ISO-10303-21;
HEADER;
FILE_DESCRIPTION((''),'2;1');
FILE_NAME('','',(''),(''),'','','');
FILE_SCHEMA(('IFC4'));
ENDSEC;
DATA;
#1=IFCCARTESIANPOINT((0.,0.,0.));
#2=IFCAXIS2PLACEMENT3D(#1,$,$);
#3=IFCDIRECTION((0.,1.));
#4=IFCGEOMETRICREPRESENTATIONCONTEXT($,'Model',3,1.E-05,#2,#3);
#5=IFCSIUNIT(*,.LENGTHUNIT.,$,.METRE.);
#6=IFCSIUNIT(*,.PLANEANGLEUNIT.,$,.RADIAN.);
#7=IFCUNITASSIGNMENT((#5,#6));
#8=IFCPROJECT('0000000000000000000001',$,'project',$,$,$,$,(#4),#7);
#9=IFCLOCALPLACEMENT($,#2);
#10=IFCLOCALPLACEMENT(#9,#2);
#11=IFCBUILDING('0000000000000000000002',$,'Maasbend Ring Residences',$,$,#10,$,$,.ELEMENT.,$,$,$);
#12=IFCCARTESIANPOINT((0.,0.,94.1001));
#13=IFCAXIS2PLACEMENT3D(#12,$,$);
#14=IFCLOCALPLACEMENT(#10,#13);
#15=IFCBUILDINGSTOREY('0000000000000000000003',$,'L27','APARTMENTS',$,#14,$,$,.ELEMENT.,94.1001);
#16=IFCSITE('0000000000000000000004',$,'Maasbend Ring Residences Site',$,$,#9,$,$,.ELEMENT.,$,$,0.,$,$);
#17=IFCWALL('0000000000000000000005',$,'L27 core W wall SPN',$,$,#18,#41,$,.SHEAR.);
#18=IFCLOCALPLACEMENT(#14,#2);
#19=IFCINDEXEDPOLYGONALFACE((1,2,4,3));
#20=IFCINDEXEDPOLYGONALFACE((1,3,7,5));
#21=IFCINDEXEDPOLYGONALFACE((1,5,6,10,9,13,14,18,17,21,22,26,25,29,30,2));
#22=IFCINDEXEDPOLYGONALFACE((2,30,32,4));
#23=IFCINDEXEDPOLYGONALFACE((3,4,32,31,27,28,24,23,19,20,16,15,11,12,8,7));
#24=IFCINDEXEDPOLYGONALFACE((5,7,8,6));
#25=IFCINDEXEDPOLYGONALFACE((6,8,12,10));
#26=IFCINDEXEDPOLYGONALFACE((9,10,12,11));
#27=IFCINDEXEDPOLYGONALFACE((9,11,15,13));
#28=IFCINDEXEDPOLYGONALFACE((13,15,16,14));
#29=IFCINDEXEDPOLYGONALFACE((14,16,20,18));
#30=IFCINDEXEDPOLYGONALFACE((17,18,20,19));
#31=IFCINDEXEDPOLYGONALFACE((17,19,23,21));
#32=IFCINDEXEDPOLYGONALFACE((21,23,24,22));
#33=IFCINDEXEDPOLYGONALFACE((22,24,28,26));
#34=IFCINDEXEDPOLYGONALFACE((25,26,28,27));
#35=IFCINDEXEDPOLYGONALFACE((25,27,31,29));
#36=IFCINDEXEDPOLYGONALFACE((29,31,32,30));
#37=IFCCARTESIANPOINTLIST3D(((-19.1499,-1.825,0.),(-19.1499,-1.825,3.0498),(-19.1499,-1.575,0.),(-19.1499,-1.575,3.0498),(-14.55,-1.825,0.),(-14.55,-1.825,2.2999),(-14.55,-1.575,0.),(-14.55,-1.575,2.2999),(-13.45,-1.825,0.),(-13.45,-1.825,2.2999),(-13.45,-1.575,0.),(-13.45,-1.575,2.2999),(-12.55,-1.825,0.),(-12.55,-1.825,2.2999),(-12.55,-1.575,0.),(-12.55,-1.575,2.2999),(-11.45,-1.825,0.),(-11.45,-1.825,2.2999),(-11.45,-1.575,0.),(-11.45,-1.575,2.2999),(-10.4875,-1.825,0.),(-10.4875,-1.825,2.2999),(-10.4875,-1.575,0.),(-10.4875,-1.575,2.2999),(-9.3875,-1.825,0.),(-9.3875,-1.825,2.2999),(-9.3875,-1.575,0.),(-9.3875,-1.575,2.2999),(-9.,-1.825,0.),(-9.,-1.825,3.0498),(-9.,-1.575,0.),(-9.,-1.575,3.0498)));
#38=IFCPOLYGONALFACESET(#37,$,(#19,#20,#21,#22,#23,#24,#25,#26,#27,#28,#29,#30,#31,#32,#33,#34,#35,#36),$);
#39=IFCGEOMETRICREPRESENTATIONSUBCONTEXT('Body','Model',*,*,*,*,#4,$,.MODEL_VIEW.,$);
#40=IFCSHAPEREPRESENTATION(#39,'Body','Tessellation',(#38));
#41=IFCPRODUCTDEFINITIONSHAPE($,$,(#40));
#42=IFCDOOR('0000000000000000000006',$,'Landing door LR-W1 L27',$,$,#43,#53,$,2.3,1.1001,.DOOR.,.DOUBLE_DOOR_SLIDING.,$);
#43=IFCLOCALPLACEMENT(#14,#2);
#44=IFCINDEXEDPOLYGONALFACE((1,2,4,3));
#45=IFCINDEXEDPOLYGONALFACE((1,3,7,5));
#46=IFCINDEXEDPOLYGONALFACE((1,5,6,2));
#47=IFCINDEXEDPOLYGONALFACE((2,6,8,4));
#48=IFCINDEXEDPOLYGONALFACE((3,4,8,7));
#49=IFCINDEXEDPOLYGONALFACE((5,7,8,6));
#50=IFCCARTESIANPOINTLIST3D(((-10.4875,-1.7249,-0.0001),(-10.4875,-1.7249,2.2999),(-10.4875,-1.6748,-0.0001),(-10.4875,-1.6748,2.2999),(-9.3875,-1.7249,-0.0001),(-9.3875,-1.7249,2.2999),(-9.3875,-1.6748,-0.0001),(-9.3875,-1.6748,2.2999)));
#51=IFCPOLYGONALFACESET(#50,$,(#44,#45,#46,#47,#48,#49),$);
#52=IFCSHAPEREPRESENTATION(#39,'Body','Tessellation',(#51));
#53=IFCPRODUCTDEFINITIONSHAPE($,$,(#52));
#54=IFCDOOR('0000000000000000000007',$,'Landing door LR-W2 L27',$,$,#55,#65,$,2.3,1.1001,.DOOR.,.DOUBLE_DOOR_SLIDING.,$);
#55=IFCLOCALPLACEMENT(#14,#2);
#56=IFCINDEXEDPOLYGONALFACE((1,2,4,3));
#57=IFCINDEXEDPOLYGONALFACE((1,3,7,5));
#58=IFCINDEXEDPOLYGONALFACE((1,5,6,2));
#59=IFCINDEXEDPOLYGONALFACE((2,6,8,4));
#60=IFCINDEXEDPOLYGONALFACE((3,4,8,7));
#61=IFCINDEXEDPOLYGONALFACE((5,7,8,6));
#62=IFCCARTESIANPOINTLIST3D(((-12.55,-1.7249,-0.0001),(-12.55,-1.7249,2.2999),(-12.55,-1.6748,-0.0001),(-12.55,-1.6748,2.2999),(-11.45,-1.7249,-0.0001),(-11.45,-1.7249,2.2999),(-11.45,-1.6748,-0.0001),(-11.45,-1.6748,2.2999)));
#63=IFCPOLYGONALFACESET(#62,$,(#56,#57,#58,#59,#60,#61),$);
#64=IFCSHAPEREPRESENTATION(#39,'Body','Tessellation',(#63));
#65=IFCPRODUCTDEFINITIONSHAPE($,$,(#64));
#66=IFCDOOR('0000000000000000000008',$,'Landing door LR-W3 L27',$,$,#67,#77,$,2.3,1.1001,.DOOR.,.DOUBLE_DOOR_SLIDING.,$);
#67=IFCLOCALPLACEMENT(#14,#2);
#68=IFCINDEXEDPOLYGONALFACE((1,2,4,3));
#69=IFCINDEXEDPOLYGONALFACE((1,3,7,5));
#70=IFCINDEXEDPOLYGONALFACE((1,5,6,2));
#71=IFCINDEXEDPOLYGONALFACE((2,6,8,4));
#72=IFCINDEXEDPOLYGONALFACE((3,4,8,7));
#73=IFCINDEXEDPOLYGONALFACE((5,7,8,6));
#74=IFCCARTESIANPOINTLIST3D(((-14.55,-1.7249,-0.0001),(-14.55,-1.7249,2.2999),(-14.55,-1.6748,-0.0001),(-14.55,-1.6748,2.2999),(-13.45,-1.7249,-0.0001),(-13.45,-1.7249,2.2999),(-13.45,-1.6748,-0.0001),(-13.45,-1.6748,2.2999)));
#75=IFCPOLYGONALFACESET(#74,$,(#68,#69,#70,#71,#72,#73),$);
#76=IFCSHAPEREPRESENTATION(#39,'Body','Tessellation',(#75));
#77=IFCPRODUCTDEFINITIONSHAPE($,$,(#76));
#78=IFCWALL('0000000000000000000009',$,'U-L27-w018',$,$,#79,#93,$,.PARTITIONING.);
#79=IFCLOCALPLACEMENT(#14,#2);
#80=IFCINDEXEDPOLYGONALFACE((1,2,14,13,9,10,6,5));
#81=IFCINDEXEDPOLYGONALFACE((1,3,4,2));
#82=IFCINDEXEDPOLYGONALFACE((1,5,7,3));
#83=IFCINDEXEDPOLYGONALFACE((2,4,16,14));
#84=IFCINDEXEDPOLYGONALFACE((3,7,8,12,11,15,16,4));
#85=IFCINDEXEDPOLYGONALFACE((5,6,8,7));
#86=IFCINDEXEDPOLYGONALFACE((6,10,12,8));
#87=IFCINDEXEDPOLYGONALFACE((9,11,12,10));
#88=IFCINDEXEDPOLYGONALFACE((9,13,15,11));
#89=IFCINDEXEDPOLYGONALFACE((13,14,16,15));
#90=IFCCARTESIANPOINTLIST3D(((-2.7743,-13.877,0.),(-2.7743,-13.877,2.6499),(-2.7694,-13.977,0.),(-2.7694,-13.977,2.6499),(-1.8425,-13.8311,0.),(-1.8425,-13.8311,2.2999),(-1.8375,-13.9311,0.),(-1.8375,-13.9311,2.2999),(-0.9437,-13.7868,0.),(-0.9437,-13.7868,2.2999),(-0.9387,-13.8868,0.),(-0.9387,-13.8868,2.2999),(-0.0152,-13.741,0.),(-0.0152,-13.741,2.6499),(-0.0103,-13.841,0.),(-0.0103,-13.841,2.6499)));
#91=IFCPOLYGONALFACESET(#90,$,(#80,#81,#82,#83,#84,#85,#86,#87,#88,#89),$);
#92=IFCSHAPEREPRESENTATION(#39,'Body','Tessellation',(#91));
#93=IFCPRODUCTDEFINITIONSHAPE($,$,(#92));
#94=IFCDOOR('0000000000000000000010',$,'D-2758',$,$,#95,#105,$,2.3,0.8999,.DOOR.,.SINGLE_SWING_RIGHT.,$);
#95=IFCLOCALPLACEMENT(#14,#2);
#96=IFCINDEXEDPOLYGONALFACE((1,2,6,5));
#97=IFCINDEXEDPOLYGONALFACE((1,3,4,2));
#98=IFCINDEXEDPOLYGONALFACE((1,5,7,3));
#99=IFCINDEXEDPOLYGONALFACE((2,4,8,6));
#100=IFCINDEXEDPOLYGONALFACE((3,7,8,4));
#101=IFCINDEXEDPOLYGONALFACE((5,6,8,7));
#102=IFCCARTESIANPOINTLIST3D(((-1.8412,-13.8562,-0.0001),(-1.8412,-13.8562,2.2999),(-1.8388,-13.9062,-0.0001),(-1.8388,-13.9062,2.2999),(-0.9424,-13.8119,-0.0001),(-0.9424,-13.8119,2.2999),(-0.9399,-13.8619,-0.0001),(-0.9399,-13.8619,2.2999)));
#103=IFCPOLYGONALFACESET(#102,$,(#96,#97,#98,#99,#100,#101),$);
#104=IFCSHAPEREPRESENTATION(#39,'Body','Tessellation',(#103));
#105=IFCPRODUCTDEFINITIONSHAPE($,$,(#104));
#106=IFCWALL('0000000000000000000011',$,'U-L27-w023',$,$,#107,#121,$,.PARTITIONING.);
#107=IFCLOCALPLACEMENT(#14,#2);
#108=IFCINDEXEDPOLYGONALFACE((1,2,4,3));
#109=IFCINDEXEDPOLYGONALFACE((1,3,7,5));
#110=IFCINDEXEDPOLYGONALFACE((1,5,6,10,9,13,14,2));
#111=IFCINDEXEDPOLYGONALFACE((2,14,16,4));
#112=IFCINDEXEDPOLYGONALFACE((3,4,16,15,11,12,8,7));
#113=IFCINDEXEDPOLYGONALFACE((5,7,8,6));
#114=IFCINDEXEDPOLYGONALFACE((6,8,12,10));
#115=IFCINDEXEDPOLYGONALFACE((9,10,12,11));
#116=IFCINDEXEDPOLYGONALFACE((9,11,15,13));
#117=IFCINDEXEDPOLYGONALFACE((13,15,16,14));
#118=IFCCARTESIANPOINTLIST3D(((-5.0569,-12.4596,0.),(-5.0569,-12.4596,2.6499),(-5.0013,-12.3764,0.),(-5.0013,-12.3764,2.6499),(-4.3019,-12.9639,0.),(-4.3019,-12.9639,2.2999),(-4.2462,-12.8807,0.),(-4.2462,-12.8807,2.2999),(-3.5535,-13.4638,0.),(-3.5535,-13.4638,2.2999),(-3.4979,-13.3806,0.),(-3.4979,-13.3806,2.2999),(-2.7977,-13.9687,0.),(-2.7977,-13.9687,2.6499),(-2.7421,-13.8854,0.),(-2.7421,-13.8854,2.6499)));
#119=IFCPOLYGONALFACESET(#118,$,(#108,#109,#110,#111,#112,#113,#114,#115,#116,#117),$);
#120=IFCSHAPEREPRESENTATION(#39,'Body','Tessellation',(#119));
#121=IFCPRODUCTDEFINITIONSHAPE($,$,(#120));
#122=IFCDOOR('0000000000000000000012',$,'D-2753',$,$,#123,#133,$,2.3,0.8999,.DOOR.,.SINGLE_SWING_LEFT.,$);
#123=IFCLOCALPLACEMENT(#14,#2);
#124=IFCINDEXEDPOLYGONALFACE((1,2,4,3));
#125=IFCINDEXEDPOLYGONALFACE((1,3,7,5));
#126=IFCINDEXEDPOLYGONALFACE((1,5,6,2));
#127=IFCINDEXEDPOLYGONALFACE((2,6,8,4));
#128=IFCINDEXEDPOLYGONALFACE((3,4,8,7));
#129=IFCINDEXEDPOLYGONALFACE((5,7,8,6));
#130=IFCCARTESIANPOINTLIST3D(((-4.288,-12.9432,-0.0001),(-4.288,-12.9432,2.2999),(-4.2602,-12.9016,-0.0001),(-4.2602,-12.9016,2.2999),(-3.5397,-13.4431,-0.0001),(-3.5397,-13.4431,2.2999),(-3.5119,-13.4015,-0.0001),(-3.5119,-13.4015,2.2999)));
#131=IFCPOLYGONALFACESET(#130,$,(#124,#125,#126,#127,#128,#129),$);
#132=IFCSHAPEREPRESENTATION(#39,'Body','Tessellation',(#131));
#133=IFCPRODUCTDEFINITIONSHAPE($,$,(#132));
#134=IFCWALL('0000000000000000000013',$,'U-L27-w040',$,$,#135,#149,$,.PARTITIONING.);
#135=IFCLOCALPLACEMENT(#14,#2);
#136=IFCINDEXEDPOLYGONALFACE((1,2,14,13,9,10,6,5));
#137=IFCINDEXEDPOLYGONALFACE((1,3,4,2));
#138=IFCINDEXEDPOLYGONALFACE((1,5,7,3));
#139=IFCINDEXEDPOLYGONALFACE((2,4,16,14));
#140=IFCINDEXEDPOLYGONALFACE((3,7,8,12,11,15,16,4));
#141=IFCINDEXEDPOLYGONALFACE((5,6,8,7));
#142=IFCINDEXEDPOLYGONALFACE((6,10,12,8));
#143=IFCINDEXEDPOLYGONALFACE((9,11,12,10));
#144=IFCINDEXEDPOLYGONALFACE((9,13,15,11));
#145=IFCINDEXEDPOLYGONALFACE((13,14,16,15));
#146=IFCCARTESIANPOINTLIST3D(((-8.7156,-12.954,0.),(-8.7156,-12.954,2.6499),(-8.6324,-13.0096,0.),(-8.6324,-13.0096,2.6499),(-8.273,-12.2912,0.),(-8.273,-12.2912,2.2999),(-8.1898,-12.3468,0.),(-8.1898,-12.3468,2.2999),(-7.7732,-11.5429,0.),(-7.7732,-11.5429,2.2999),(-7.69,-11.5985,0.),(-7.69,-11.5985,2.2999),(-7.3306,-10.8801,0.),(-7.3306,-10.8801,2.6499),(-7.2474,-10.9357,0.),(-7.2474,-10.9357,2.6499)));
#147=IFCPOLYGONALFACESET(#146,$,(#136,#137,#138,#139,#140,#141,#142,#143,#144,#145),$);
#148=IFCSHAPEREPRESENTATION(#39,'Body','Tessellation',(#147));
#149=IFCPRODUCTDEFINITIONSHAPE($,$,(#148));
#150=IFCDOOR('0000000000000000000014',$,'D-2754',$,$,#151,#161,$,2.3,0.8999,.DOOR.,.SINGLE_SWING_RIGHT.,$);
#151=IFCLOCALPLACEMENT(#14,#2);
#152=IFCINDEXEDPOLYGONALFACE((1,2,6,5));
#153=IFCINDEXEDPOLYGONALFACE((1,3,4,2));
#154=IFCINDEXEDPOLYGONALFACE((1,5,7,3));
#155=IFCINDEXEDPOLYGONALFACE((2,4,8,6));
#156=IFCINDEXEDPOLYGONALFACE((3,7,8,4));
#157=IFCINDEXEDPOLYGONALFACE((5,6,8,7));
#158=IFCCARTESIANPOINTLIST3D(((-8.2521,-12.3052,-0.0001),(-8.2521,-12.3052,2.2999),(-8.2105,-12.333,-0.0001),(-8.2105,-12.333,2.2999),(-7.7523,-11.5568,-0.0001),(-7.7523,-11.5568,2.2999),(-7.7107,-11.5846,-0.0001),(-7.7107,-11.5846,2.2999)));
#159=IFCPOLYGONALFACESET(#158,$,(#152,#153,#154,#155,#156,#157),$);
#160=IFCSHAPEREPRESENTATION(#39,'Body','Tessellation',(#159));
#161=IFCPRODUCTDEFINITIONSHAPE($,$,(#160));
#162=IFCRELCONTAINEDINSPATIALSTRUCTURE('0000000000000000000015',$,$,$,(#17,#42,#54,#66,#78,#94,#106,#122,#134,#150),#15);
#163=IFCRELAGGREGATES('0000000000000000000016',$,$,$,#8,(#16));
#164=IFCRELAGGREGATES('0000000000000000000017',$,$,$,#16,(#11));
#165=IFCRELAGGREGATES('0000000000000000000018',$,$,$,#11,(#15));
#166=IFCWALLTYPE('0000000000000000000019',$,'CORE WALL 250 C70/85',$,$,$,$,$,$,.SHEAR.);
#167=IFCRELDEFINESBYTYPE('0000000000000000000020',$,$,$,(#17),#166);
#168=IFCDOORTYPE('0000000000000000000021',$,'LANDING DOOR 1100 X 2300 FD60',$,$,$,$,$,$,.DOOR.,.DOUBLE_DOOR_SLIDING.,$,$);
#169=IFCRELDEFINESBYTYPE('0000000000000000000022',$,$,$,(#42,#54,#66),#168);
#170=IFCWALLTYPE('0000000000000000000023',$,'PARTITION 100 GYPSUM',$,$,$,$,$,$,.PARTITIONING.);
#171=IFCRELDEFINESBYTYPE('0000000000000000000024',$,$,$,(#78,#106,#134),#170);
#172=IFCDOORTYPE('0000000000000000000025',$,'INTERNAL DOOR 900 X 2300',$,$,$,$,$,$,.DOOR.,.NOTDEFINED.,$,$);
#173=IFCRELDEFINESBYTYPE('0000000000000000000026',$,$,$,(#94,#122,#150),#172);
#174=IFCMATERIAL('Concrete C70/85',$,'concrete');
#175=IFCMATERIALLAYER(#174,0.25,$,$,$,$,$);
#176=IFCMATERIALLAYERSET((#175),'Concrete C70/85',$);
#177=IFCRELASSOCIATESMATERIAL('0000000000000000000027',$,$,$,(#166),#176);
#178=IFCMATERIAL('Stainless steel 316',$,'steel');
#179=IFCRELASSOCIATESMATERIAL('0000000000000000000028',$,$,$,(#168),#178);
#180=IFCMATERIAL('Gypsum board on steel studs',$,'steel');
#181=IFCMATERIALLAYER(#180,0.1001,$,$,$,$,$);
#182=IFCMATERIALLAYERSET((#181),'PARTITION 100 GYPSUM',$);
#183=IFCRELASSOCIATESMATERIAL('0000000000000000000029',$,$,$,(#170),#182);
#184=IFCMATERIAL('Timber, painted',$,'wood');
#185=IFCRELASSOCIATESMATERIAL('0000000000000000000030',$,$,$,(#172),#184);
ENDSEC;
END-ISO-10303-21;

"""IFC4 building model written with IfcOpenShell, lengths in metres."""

from ifc_helpers import new_model, si_unit, direction, frame, frame_2d, origin, place, context, subcontext, project, spatial, rectangle, extrude, material, layer, layer_set, type_object, element, fill, save


model = new_model("IFC4")

# Units and contexts
model_context = context("Model", 3, precision=1e-05, world=origin(), true_north=direction((0.0, 1.0)))
body_context = subcontext(model_context, "Body", "Model", "MODEL_VIEW")
ifc_project = project(units=[si_unit("LENGTHUNIT", "METRE"), si_unit("PLANEANGLEUNIT", "RADIAN")], contexts=[model_context])

# Site, building, storey
site_placement = place(None, origin())
site = spatial("IfcSite", under=ifc_project, at=site_placement, Name="Maasbend Ring Residences Site", CompositionType="ELEMENT", RefElevation=0.0)
building_placement = place(site_placement, origin())
building = spatial("IfcBuilding", under=site, at=building_placement, Name="Maasbend Ring Residences", CompositionType="ELEMENT")
storey_placement = place(building_placement, frame((0.0, 0.0, 94.1001)))
storey = spatial("IfcBuildingStorey", under=building, at=storey_placement, Name="L27", Description="APARTMENTS", CompositionType="ELEMENT", Elevation=94.1001)

# Wall, openings, doors
ifc_material_1 = material(Name="Concrete C70/85", Category="concrete")
ifc_layer_1 = layer(ifc_material_1, 0.25)
ifc_layer_set_1 = layer_set([ifc_layer_1], Name="Concrete C70/85")
wall_type_1 = type_object("IfcWallType", Name="CORE WALL 250 C70/85", PredefinedType="SHEAR", material=ifc_layer_set_1)
wall_1_placement = place(storey_placement, frame((-9.0, -1.7, 0.0), z_axis=(0.0, 0.0, 1.0), x_axis=(-1.0, 0.0, 0.0)))
wall_1 = element("IfcWall", 1, at=wall_1_placement, inside=storey, type_object=wall_type_1, Name="L27 core W wall SPN", PredefinedType="SHEAR", context=body_context, shape_type="SweptSolid", body=[
    extrude(rectangle(XDim=10.1499, YDim=0.25, at=frame_2d((5.075, 0.0))), origin(), (0.0, 0.0, 1.0), 3.0498),
])
opening_1_placement = place(wall_1_placement, frame((0.3875, 0.0, 0.0)))
opening_1 = element("IfcOpeningElement", 2, at=opening_1_placement, cuts=wall_1, PredefinedType="OPENING", context=body_context, shape_type="SweptSolid", body=[
    extrude(rectangle(XDim=1.1001, YDim=2.3, at=frame_2d((0.55, 1.1499))), frame((0.0, 0.135, 0.0), z_axis=(0.0, -1.0, 0.0), x_axis=(1.0, 0.0, 0.0)), (0.0, 0.0, 1.0), 0.27),
])
opening_2_placement = place(wall_1_placement, frame((2.45, 0.0, 0.0)))
opening_2 = element("IfcOpeningElement", 3, at=opening_2_placement, cuts=wall_1, PredefinedType="OPENING", context=body_context, shape_type="SweptSolid", body=[
    extrude(rectangle(XDim=1.1001, YDim=2.3, at=frame_2d((0.55, 1.1499))), frame((0.0, 0.135, 0.0), z_axis=(0.0, -1.0, 0.0), x_axis=(1.0, 0.0, 0.0)), (0.0, 0.0, 1.0), 0.27),
])
opening_3_placement = place(wall_1_placement, frame((4.45, 0.0, 0.0)))
opening_3 = element("IfcOpeningElement", 4, at=opening_3_placement, cuts=wall_1, PredefinedType="OPENING", context=body_context, shape_type="SweptSolid", body=[
    extrude(rectangle(XDim=1.1001, YDim=2.3, at=frame_2d((0.55, 1.1499))), frame((0.0, 0.135, 0.0), z_axis=(0.0, -1.0, 0.0), x_axis=(1.0, 0.0, 0.0)), (0.0, 0.0, 1.0), 0.27),
])
ifc_material_2 = material(Name="Stainless steel 316", Category="steel")
door_type_1 = type_object("IfcDoorType", Name="LANDING DOOR 1100 X 2300 FD60", OperationType="DOUBLE_DOOR_SLIDING", PredefinedType="DOOR", material=ifc_material_2)
door_1_placement = place(opening_1_placement, origin())
door_1 = element("IfcDoor", 5, at=door_1_placement, inside=storey, type_object=door_type_1, Name="Landing door LR-W1 L27", OperationType="DOUBLE_DOOR_SLIDING", OverallHeight=2.3, OverallWidth=1.1001, PredefinedType="DOOR", context=body_context, shape_type="SweptSolid", body=[
    extrude(rectangle(XDim=1.1001, YDim=2.3, at=frame_2d((0.55, 1.1499))), frame((0.0, 0.0249, 0.0), z_axis=(0.0, -1.0, 0.0), x_axis=(1.0, 0.0, 0.0)), (0.0, 0.0, 1.0), 0.05),
])
fill(opening_1, door_1)
door_2_placement = place(opening_2_placement, origin())
door_2 = element("IfcDoor", 6, at=door_2_placement, inside=storey, type_object=door_type_1, Name="Landing door LR-W2 L27", OperationType="DOUBLE_DOOR_SLIDING", OverallHeight=2.3, OverallWidth=1.1001, PredefinedType="DOOR", context=body_context, shape_type="SweptSolid", body=[
    extrude(rectangle(XDim=1.1001, YDim=2.3, at=frame_2d((0.55, 1.1499))), frame((0.0, 0.0249, 0.0), z_axis=(0.0, -1.0, 0.0), x_axis=(1.0, 0.0, 0.0)), (0.0, 0.0, 1.0), 0.05),
])
fill(opening_2, door_2)
door_3_placement = place(opening_3_placement, origin())
door_3 = element("IfcDoor", 7, at=door_3_placement, inside=storey, type_object=door_type_1, Name="Landing door LR-W3 L27", OperationType="DOUBLE_DOOR_SLIDING", OverallHeight=2.3, OverallWidth=1.1001, PredefinedType="DOOR", context=body_context, shape_type="SweptSolid", body=[
    extrude(rectangle(XDim=1.1001, YDim=2.3, at=frame_2d((0.55, 1.1499))), frame((0.0, 0.0249, 0.0), z_axis=(0.0, -1.0, 0.0), x_axis=(1.0, 0.0, 0.0)), (0.0, 0.0, 1.0), 0.05),
])
fill(opening_3, door_3)

# Walls, openings, doors
ifc_material_3 = material(Name="Gypsum board on steel studs", Category="steel")
ifc_layer_2 = layer(ifc_material_3, 0.1001)
ifc_layer_set_2 = layer_set([ifc_layer_2], Name="PARTITION 100 GYPSUM")
wall_type_2 = type_object("IfcWallType", Name="PARTITION 100 GYPSUM", PredefinedType="PARTITIONING", material=ifc_layer_set_2)
wall_2_placement = place(storey_placement, frame((-2.772, -13.927, 0.0), z_axis=(0.0, 0.0, 1.0), x_axis=(0.998788, 0.049228, 0.0)))
wall_2 = element("IfcWall", 8, at=wall_2_placement, inside=storey, type_object=wall_type_2, Name="U-L27-w018", PredefinedType="PARTITIONING", context=body_context, shape_type="SweptSolid", body=[
    extrude(rectangle(XDim=2.7625, YDim=0.1001, at=frame_2d((1.3813, 0.0))), origin(), (0.0, 0.0, 1.0), 2.6499),
])
opening_4_placement = place(wall_2_placement, frame((0.9331, 0.0, 0.0)))
opening_4 = element("IfcOpeningElement", 9, at=opening_4_placement, cuts=wall_2, PredefinedType="OPENING", context=body_context, shape_type="SweptSolid", body=[
    extrude(rectangle(XDim=0.8999, YDim=2.3, at=frame_2d((0.45, 1.1499))), frame((0.0, 0.0601, 0.0), z_axis=(0.0, -1.0, 0.0), x_axis=(1.0, 0.0, 0.0)), (0.0, 0.0, 1.0), 0.1201),
])
ifc_material_4 = material(Name="Timber, painted", Category="wood")
door_type_2 = type_object("IfcDoorType", Name="INTERNAL DOOR 900 X 2300", OperationType="NOTDEFINED", PredefinedType="DOOR", material=ifc_material_4)
door_4_placement = place(opening_4_placement, origin())
door_4 = element("IfcDoor", 10, at=door_4_placement, inside=storey, type_object=door_type_2, Name="D-2758", OperationType="SINGLE_SWING_RIGHT", OverallHeight=2.3, OverallWidth=0.8999, PredefinedType="DOOR", context=body_context, shape_type="SweptSolid", body=[
    extrude(rectangle(XDim=0.8999, YDim=2.3, at=frame_2d((0.45, 1.1499))), frame((0.0, 0.0249, 0.0), z_axis=(0.0, -1.0, 0.0), x_axis=(1.0, 0.0, 0.0)), (0.0, 0.0, 1.0), 0.05),
])
fill(opening_4, door_4)
wall_3_placement = place(storey_placement, frame((-5.0291, -12.418, 0.0), z_axis=(0.0, 0.0, 1.0), x_axis=(0.831538, -0.555467, 0.0)))
wall_3 = element("IfcWall", 11, at=wall_3_placement, inside=storey, type_object=wall_type_2, Name="U-L27-w023", PredefinedType="PARTITIONING", context=body_context, shape_type="SweptSolid", body=[
    extrude(rectangle(XDim=2.7168, YDim=0.1001, at=frame_2d((1.3584, 0.0))), origin(), (0.0, 0.0, 1.0), 2.6499),
])
opening_5_placement = place(wall_3_placement, frame((0.908, 0.0, 0.0)))
opening_5 = element("IfcOpeningElement", 12, at=opening_5_placement, cuts=wall_3, PredefinedType="OPENING", context=body_context, shape_type="SweptSolid", body=[
    extrude(rectangle(XDim=0.8999, YDim=2.3, at=frame_2d((0.45, 1.1499))), frame((0.0, 0.0601, 0.0), z_axis=(0.0, -1.0, 0.0), x_axis=(1.0, 0.0, 0.0)), (0.0, 0.0, 1.0), 0.1201),
])
door_5_placement = place(opening_5_placement, origin())
door_5 = element("IfcDoor", 13, at=door_5_placement, inside=storey, type_object=door_type_2, Name="D-2753", OperationType="SINGLE_SWING_LEFT", OverallHeight=2.3, OverallWidth=0.8999, PredefinedType="DOOR", context=body_context, shape_type="SweptSolid", body=[
    extrude(rectangle(XDim=0.8999, YDim=2.3, at=frame_2d((0.45, 1.1499))), frame((0.0, 0.0249, 0.0), z_axis=(0.0, -1.0, 0.0), x_axis=(1.0, 0.0, 0.0)), (0.0, 0.0, 1.0), 0.05),
])
fill(opening_5, door_5)
wall_4_placement = place(storey_placement, frame((-8.6741, -12.9819, 0.0), z_axis=(0.0, 0.0, 1.0), x_axis=(0.555355, 0.831613, 0.0)))
wall_4 = element("IfcWall", 14, at=wall_4_placement, inside=storey, type_object=wall_type_2, Name="U-L27-w040", PredefinedType="PARTITIONING", context=body_context, shape_type="SweptSolid", body=[
    extrude(rectangle(XDim=2.4939, YDim=0.1001, at=frame_2d((1.2471, 0.0))), origin(), (0.0, 0.0, 1.0), 2.6499),
])
opening_6_placement = place(wall_4_placement, frame((0.7971, 0.0, 0.0)))
opening_6 = element("IfcOpeningElement", 15, at=opening_6_placement, cuts=wall_4, PredefinedType="OPENING", context=body_context, shape_type="SweptSolid", body=[
    extrude(rectangle(XDim=0.8999, YDim=2.3, at=frame_2d((0.45, 1.1499))), frame((0.0, 0.0601, 0.0), z_axis=(0.0, -1.0, 0.0), x_axis=(1.0, 0.0, 0.0)), (0.0, 0.0, 1.0), 0.1201),
])
door_6_placement = place(opening_6_placement, origin())
door_6 = element("IfcDoor", 16, at=door_6_placement, inside=storey, type_object=door_type_2, Name="D-2754", OperationType="SINGLE_SWING_RIGHT", OverallHeight=2.3, OverallWidth=0.8999, PredefinedType="DOOR", context=body_context, shape_type="SweptSolid", body=[
    extrude(rectangle(XDim=0.8999, YDim=2.3, at=frame_2d((0.45, 1.1499))), frame((0.0, 0.0249, 0.0), z_axis=(0.0, -1.0, 0.0), x_axis=(1.0, 0.0, 0.0)), (0.0, 0.0, 1.0), 0.05),
])
fill(opening_6, door_6)

save(model, "model.ifc")
